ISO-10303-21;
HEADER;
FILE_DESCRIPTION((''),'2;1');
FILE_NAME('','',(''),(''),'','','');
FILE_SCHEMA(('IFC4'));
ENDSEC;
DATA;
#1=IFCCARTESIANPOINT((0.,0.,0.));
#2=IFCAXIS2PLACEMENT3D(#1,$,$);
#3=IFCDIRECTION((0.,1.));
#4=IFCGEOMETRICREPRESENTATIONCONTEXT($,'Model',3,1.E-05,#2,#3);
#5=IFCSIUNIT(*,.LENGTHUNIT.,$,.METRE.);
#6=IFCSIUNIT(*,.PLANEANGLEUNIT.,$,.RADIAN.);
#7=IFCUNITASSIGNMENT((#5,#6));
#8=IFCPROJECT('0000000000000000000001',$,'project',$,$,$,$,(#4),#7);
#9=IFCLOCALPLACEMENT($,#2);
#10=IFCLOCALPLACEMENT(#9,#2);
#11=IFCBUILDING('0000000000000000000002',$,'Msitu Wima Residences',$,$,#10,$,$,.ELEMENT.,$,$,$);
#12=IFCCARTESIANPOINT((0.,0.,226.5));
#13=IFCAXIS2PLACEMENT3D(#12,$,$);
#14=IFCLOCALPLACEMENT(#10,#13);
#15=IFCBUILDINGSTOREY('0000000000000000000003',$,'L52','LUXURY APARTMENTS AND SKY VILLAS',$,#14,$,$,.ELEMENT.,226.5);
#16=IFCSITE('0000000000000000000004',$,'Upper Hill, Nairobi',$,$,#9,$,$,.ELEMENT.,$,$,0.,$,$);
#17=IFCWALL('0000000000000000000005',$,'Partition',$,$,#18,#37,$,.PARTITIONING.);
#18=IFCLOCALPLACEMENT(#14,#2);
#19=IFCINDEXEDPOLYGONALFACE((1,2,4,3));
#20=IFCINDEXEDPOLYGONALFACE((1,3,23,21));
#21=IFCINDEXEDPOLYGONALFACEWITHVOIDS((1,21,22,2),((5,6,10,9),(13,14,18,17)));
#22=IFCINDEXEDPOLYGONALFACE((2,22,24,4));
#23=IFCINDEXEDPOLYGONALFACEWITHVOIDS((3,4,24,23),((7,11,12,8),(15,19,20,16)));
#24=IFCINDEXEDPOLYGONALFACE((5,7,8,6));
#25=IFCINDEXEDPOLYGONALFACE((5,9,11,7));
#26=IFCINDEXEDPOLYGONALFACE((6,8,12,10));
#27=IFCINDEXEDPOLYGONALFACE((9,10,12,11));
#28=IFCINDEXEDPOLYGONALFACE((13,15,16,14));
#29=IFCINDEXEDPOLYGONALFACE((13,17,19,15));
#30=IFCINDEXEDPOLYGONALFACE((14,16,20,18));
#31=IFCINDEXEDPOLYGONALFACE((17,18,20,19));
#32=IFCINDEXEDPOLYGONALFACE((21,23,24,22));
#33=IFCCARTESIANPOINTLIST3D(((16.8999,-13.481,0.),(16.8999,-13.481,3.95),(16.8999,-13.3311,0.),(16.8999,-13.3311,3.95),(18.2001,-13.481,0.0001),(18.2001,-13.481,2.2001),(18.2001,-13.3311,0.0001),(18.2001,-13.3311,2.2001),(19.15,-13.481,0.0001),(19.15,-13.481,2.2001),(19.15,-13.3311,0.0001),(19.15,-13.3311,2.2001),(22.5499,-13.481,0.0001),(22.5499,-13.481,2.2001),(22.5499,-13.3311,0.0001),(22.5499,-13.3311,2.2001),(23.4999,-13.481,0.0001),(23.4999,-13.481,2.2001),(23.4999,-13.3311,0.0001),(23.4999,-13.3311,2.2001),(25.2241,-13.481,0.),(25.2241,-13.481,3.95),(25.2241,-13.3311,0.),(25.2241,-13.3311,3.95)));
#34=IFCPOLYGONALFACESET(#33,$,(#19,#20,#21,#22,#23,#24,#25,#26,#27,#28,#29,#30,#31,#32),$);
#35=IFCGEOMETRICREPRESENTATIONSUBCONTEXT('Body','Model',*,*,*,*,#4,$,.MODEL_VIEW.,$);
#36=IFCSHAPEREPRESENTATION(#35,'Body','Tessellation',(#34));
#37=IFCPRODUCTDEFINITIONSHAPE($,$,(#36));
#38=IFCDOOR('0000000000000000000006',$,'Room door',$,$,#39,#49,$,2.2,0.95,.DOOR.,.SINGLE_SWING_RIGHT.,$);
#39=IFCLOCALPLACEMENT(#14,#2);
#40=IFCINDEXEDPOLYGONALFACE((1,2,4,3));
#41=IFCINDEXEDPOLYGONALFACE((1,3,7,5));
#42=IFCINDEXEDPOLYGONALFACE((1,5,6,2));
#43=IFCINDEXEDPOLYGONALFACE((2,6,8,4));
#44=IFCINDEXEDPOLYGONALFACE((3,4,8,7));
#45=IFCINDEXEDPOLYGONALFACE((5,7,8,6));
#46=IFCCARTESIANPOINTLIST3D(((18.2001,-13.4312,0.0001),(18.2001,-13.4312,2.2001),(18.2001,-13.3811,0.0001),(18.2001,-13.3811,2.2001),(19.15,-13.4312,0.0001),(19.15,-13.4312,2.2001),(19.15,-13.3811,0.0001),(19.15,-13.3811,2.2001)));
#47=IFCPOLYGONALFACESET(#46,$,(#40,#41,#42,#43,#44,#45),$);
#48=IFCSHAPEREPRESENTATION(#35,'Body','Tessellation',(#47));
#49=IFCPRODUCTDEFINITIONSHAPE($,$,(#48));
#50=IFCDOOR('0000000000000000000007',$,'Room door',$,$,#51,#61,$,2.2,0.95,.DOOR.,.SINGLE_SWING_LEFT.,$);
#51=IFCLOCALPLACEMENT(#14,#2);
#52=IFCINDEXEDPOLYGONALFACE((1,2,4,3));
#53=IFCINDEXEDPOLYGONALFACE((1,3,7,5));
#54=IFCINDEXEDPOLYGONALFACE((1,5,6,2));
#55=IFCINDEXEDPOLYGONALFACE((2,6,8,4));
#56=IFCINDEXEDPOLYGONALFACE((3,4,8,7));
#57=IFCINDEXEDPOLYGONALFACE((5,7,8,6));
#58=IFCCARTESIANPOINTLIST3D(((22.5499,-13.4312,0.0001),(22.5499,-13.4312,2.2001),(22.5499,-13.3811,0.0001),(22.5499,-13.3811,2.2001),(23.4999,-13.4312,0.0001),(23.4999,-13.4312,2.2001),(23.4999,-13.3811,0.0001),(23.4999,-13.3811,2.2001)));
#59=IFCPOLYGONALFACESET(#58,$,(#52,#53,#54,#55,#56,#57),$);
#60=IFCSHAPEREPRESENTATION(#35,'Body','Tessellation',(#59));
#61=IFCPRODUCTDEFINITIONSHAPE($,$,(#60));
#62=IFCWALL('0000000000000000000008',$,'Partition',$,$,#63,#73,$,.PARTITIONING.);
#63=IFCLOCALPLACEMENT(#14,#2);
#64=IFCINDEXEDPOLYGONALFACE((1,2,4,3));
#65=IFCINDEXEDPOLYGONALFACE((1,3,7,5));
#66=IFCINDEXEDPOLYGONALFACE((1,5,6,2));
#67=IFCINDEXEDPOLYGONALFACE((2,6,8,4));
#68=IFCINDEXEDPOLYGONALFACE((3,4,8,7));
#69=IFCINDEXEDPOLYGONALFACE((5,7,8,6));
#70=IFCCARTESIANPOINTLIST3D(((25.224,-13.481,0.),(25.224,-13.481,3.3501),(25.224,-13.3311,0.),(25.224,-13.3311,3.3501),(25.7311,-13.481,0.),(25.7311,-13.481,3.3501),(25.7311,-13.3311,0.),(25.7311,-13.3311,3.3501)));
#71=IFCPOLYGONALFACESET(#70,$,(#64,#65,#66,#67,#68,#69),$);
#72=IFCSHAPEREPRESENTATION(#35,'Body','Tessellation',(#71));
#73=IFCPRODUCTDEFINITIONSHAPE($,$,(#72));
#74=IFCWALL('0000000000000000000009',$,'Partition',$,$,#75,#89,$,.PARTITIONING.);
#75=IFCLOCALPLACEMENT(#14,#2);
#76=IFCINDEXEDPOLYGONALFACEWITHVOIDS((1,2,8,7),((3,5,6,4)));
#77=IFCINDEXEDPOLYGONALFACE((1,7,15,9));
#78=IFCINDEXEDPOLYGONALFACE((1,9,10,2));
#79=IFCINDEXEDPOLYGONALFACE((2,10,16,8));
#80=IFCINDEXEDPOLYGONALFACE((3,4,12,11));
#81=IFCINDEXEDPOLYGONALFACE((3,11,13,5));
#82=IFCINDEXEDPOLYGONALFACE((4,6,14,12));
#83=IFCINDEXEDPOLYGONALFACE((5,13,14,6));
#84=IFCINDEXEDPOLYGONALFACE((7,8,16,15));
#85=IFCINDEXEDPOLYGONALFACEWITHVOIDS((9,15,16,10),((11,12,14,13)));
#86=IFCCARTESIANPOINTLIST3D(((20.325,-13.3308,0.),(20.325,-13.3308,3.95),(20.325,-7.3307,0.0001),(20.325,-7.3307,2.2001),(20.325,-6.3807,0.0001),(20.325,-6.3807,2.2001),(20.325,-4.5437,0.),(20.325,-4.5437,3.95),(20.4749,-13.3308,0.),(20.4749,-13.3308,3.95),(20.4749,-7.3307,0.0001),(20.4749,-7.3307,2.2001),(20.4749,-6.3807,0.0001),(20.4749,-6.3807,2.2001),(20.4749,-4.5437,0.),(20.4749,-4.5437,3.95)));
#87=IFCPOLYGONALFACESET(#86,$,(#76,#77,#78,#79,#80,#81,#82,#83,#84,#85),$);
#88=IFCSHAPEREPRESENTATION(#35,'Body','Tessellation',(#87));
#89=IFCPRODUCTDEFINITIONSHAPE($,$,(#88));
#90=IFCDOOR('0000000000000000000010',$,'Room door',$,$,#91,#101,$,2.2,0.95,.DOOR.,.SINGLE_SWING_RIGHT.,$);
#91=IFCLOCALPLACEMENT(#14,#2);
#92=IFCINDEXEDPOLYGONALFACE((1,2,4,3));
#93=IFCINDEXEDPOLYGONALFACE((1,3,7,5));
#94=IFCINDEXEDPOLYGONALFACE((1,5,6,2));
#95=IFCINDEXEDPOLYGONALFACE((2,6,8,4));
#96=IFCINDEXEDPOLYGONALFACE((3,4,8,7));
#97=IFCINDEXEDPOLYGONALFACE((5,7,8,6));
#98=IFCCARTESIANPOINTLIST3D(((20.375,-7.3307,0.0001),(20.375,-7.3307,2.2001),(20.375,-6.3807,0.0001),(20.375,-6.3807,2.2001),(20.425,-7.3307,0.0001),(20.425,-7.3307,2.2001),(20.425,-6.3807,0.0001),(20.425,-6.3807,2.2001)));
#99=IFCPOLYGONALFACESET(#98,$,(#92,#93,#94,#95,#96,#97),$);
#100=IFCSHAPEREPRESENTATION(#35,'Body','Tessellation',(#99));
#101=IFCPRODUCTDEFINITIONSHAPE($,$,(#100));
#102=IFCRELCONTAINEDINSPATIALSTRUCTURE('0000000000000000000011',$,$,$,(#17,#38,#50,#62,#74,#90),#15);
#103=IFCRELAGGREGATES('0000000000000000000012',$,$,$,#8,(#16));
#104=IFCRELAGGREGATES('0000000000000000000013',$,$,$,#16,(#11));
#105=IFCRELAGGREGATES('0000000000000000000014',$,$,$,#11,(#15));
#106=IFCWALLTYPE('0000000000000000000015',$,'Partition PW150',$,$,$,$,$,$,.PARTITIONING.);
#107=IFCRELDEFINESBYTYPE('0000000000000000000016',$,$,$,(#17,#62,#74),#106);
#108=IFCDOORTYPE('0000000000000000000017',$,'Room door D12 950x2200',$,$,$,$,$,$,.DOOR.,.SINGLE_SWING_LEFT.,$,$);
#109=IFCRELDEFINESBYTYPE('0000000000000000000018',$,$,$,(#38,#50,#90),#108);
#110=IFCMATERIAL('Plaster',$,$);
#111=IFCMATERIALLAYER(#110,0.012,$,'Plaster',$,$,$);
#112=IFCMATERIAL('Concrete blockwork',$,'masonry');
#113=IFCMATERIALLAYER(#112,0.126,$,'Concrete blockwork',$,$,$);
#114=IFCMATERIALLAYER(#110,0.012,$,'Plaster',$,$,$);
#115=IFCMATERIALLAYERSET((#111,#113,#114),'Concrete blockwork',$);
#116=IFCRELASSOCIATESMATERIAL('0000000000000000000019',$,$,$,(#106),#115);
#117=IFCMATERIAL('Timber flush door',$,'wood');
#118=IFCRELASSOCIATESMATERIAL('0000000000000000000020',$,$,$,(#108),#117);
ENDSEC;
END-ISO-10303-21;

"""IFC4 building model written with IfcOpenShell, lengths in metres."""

from ifc_helpers import new_model, si_unit, direction, frame, frame_2d, origin, place, context, subcontext, project, spatial, rectangle, extrude, material, layer, layer_set, type_object, element, fill, save


model = new_model("IFC4")

# Units and contexts
model_context = context("Model", 3, precision=1e-05, world=origin(), true_north=direction((0.0, 1.0)))
body_context = subcontext(model_context, "Body", "Model", "MODEL_VIEW")
ifc_project = project(units=[si_unit("LENGTHUNIT", "METRE"), si_unit("PLANEANGLEUNIT", "RADIAN")], contexts=[model_context])

# Site, building, storey
site_placement = place(None, origin())
site = spatial("IfcSite", under=ifc_project, at=site_placement, Name="Upper Hill, Nairobi", CompositionType="ELEMENT", RefElevation=0.0)
building_placement = place(site_placement, origin())
building = spatial("IfcBuilding", under=site, at=building_placement, Name="Msitu Wima Residences", CompositionType="ELEMENT")
storey_placement = place(building_placement, frame((0.0, 0.0, 226.5)))
storey = spatial("IfcBuildingStorey", under=building, at=storey_placement, Name="L52", Description="LUXURY APARTMENTS AND SKY VILLAS", CompositionType="ELEMENT", Elevation=226.5)

# Shared definitions
ifc_material_1 = material(Name="Plaster")
ifc_material_2 = material(Name="Concrete blockwork", Category="masonry")

# Shared definitions
ifc_layer_1 = layer(ifc_material_1, 0.012, Name="Plaster")
ifc_layer_2 = layer(ifc_material_2, 0.126, Name="Concrete blockwork")
ifc_layer_3 = layer(ifc_material_1, 0.012, Name="Plaster")
ifc_layer_set_1 = layer_set([ifc_layer_1, ifc_layer_2, ifc_layer_3], Name="Concrete blockwork")
wall_type_1 = type_object("IfcWallType", Name="Partition PW150", PredefinedType="PARTITIONING", material=ifc_layer_set_1)
ifc_material_3 = material(Name="Timber flush door", Category="wood")
door_type_1 = type_object("IfcDoorType", Name="Room door D12 950x2200", OperationType="SINGLE_SWING_LEFT", PredefinedType="DOOR", material=ifc_material_3)

# Wall, openings, doors
wall_1_placement = place(storey_placement, frame((16.8999, -13.406, 0.0), z_axis=(0.0, 0.0, 1.0), x_axis=(1.0, 0.0, 0.0)))
wall_1 = element("IfcWall", 1, at=wall_1_placement, inside=storey, type_object=wall_type_1, Name="Partition", PredefinedType="PARTITIONING", context=body_context, shape_type="SweptSolid", body=[
    extrude(rectangle(XDim=8.3242, YDim=0.1499, at=frame_2d((4.1621, 0.0))), origin(), (0.0, 0.0, 1.0), 3.95),
])
opening_1_placement = place(wall_1_placement, frame((1.3, 0.0, 0.0)))
opening_1 = element("IfcOpeningElement", 2, at=opening_1_placement, cuts=wall_1, PredefinedType="OPENING", context=body_context, shape_type="SweptSolid", body=[
    extrude(rectangle(XDim=0.95, YDim=2.2, at=frame_2d((0.4751, 1.1001))), frame((0.0, 0.085, 0.0), z_axis=(0.0, -1.0, 0.0), x_axis=(1.0, 0.0, 0.0)), (0.0, 0.0, 1.0), 0.1699),
])
opening_2_placement = place(wall_1_placement, frame((5.6499, 0.0, 0.0)))
opening_2 = element("IfcOpeningElement", 3, at=opening_2_placement, cuts=wall_1, PredefinedType="OPENING", context=body_context, shape_type="SweptSolid", body=[
    extrude(rectangle(XDim=0.95, YDim=2.2, at=frame_2d((0.4751, 1.1001))), frame((0.0, 0.085, 0.0), z_axis=(0.0, -1.0, 0.0), x_axis=(1.0, 0.0, 0.0)), (0.0, 0.0, 1.0), 0.1699),
])
door_1_placement = place(opening_1_placement, origin())
door_1 = element("IfcDoor", 4, at=door_1_placement, inside=storey, type_object=door_type_1, Name="Room door", OperationType="SINGLE_SWING_RIGHT", OverallHeight=2.2, OverallWidth=0.95, PredefinedType="DOOR", context=body_context, shape_type="SweptSolid", body=[
    extrude(rectangle(XDim=0.95, YDim=2.2, at=frame_2d((0.4751, 1.1001))), frame((0.0, 0.0249, 0.0), z_axis=(0.0, -1.0, 0.0), x_axis=(1.0, 0.0, 0.0)), (0.0, 0.0, 1.0), 0.05),
])
fill(opening_1, door_1)
door_2_placement = place(opening_2_placement, origin())
door_2 = element("IfcDoor", 5, at=door_2_placement, inside=storey, type_object=door_type_1, Name="Room door", OperationType="SINGLE_SWING_LEFT", OverallHeight=2.2, OverallWidth=0.95, PredefinedType="DOOR", context=body_context, shape_type="SweptSolid", body=[
    extrude(rectangle(XDim=0.95, YDim=2.2, at=frame_2d((0.4751, 1.1001))), frame((0.0, 0.0249, 0.0), z_axis=(0.0, -1.0, 0.0), x_axis=(1.0, 0.0, 0.0)), (0.0, 0.0, 1.0), 0.05),
])
fill(opening_2, door_2)

# Wall
wall_2_placement = place(storey_placement, frame((25.2241, -13.406, 0.0), z_axis=(0.0, 0.0, 1.0), x_axis=(1.0, 0.0, 0.0)))
element("IfcWall", 6, at=wall_2_placement, inside=storey, type_object=wall_type_1, Name="Partition", PredefinedType="PARTITIONING", context=body_context, shape_type="SweptSolid", body=[
    extrude(rectangle(XDim=0.5071, YDim=0.1499, at=frame_2d((0.2534, 0.0))), origin(), (0.0, 0.0, 1.0), 3.3501),
])

# Wall, opening, door
wall_3_placement = place(storey_placement, frame((20.3999, -13.3308, 0.0), z_axis=(0.0, 0.0, 1.0), x_axis=(0.0, 1.0, 0.0)))
wall_3 = element("IfcWall", 7, at=wall_3_placement, inside=storey, type_object=wall_type_1, Name="Partition", PredefinedType="PARTITIONING", context=body_context, shape_type="SweptSolid", body=[
    extrude(rectangle(XDim=8.7871, YDim=0.1499, at=frame_2d((4.3936, 0.0))), origin(), (0.0, 0.0, 1.0), 3.95),
])
opening_3_placement = place(wall_3_placement, frame((6.0, 0.0, 0.0)))
opening_3 = element("IfcOpeningElement", 8, at=opening_3_placement, cuts=wall_3, PredefinedType="OPENING", context=body_context, shape_type="SweptSolid", body=[
    extrude(rectangle(XDim=0.95, YDim=2.2, at=frame_2d((0.4751, 1.1001))), frame((0.0, 0.085, 0.0), z_axis=(0.0, -1.0, 0.0), x_axis=(1.0, 0.0, 0.0)), (0.0, 0.0, 1.0), 0.1699),
])
door_3_placement = place(opening_3_placement, origin())
door_3 = element("IfcDoor", 9, at=door_3_placement, inside=storey, type_object=door_type_1, Name="Room door", OperationType="SINGLE_SWING_RIGHT", OverallHeight=2.2, OverallWidth=0.95, PredefinedType="DOOR", context=body_context, shape_type="SweptSolid", body=[
    extrude(rectangle(XDim=0.95, YDim=2.2, at=frame_2d((0.4751, 1.1001))), frame((0.0, 0.0249, 0.0), z_axis=(0.0, -1.0, 0.0), x_axis=(1.0, 0.0, 0.0)), (0.0, 0.0, 1.0), 0.05),
])
fill(opening_3, door_3)

save(model, "model.ifc")
